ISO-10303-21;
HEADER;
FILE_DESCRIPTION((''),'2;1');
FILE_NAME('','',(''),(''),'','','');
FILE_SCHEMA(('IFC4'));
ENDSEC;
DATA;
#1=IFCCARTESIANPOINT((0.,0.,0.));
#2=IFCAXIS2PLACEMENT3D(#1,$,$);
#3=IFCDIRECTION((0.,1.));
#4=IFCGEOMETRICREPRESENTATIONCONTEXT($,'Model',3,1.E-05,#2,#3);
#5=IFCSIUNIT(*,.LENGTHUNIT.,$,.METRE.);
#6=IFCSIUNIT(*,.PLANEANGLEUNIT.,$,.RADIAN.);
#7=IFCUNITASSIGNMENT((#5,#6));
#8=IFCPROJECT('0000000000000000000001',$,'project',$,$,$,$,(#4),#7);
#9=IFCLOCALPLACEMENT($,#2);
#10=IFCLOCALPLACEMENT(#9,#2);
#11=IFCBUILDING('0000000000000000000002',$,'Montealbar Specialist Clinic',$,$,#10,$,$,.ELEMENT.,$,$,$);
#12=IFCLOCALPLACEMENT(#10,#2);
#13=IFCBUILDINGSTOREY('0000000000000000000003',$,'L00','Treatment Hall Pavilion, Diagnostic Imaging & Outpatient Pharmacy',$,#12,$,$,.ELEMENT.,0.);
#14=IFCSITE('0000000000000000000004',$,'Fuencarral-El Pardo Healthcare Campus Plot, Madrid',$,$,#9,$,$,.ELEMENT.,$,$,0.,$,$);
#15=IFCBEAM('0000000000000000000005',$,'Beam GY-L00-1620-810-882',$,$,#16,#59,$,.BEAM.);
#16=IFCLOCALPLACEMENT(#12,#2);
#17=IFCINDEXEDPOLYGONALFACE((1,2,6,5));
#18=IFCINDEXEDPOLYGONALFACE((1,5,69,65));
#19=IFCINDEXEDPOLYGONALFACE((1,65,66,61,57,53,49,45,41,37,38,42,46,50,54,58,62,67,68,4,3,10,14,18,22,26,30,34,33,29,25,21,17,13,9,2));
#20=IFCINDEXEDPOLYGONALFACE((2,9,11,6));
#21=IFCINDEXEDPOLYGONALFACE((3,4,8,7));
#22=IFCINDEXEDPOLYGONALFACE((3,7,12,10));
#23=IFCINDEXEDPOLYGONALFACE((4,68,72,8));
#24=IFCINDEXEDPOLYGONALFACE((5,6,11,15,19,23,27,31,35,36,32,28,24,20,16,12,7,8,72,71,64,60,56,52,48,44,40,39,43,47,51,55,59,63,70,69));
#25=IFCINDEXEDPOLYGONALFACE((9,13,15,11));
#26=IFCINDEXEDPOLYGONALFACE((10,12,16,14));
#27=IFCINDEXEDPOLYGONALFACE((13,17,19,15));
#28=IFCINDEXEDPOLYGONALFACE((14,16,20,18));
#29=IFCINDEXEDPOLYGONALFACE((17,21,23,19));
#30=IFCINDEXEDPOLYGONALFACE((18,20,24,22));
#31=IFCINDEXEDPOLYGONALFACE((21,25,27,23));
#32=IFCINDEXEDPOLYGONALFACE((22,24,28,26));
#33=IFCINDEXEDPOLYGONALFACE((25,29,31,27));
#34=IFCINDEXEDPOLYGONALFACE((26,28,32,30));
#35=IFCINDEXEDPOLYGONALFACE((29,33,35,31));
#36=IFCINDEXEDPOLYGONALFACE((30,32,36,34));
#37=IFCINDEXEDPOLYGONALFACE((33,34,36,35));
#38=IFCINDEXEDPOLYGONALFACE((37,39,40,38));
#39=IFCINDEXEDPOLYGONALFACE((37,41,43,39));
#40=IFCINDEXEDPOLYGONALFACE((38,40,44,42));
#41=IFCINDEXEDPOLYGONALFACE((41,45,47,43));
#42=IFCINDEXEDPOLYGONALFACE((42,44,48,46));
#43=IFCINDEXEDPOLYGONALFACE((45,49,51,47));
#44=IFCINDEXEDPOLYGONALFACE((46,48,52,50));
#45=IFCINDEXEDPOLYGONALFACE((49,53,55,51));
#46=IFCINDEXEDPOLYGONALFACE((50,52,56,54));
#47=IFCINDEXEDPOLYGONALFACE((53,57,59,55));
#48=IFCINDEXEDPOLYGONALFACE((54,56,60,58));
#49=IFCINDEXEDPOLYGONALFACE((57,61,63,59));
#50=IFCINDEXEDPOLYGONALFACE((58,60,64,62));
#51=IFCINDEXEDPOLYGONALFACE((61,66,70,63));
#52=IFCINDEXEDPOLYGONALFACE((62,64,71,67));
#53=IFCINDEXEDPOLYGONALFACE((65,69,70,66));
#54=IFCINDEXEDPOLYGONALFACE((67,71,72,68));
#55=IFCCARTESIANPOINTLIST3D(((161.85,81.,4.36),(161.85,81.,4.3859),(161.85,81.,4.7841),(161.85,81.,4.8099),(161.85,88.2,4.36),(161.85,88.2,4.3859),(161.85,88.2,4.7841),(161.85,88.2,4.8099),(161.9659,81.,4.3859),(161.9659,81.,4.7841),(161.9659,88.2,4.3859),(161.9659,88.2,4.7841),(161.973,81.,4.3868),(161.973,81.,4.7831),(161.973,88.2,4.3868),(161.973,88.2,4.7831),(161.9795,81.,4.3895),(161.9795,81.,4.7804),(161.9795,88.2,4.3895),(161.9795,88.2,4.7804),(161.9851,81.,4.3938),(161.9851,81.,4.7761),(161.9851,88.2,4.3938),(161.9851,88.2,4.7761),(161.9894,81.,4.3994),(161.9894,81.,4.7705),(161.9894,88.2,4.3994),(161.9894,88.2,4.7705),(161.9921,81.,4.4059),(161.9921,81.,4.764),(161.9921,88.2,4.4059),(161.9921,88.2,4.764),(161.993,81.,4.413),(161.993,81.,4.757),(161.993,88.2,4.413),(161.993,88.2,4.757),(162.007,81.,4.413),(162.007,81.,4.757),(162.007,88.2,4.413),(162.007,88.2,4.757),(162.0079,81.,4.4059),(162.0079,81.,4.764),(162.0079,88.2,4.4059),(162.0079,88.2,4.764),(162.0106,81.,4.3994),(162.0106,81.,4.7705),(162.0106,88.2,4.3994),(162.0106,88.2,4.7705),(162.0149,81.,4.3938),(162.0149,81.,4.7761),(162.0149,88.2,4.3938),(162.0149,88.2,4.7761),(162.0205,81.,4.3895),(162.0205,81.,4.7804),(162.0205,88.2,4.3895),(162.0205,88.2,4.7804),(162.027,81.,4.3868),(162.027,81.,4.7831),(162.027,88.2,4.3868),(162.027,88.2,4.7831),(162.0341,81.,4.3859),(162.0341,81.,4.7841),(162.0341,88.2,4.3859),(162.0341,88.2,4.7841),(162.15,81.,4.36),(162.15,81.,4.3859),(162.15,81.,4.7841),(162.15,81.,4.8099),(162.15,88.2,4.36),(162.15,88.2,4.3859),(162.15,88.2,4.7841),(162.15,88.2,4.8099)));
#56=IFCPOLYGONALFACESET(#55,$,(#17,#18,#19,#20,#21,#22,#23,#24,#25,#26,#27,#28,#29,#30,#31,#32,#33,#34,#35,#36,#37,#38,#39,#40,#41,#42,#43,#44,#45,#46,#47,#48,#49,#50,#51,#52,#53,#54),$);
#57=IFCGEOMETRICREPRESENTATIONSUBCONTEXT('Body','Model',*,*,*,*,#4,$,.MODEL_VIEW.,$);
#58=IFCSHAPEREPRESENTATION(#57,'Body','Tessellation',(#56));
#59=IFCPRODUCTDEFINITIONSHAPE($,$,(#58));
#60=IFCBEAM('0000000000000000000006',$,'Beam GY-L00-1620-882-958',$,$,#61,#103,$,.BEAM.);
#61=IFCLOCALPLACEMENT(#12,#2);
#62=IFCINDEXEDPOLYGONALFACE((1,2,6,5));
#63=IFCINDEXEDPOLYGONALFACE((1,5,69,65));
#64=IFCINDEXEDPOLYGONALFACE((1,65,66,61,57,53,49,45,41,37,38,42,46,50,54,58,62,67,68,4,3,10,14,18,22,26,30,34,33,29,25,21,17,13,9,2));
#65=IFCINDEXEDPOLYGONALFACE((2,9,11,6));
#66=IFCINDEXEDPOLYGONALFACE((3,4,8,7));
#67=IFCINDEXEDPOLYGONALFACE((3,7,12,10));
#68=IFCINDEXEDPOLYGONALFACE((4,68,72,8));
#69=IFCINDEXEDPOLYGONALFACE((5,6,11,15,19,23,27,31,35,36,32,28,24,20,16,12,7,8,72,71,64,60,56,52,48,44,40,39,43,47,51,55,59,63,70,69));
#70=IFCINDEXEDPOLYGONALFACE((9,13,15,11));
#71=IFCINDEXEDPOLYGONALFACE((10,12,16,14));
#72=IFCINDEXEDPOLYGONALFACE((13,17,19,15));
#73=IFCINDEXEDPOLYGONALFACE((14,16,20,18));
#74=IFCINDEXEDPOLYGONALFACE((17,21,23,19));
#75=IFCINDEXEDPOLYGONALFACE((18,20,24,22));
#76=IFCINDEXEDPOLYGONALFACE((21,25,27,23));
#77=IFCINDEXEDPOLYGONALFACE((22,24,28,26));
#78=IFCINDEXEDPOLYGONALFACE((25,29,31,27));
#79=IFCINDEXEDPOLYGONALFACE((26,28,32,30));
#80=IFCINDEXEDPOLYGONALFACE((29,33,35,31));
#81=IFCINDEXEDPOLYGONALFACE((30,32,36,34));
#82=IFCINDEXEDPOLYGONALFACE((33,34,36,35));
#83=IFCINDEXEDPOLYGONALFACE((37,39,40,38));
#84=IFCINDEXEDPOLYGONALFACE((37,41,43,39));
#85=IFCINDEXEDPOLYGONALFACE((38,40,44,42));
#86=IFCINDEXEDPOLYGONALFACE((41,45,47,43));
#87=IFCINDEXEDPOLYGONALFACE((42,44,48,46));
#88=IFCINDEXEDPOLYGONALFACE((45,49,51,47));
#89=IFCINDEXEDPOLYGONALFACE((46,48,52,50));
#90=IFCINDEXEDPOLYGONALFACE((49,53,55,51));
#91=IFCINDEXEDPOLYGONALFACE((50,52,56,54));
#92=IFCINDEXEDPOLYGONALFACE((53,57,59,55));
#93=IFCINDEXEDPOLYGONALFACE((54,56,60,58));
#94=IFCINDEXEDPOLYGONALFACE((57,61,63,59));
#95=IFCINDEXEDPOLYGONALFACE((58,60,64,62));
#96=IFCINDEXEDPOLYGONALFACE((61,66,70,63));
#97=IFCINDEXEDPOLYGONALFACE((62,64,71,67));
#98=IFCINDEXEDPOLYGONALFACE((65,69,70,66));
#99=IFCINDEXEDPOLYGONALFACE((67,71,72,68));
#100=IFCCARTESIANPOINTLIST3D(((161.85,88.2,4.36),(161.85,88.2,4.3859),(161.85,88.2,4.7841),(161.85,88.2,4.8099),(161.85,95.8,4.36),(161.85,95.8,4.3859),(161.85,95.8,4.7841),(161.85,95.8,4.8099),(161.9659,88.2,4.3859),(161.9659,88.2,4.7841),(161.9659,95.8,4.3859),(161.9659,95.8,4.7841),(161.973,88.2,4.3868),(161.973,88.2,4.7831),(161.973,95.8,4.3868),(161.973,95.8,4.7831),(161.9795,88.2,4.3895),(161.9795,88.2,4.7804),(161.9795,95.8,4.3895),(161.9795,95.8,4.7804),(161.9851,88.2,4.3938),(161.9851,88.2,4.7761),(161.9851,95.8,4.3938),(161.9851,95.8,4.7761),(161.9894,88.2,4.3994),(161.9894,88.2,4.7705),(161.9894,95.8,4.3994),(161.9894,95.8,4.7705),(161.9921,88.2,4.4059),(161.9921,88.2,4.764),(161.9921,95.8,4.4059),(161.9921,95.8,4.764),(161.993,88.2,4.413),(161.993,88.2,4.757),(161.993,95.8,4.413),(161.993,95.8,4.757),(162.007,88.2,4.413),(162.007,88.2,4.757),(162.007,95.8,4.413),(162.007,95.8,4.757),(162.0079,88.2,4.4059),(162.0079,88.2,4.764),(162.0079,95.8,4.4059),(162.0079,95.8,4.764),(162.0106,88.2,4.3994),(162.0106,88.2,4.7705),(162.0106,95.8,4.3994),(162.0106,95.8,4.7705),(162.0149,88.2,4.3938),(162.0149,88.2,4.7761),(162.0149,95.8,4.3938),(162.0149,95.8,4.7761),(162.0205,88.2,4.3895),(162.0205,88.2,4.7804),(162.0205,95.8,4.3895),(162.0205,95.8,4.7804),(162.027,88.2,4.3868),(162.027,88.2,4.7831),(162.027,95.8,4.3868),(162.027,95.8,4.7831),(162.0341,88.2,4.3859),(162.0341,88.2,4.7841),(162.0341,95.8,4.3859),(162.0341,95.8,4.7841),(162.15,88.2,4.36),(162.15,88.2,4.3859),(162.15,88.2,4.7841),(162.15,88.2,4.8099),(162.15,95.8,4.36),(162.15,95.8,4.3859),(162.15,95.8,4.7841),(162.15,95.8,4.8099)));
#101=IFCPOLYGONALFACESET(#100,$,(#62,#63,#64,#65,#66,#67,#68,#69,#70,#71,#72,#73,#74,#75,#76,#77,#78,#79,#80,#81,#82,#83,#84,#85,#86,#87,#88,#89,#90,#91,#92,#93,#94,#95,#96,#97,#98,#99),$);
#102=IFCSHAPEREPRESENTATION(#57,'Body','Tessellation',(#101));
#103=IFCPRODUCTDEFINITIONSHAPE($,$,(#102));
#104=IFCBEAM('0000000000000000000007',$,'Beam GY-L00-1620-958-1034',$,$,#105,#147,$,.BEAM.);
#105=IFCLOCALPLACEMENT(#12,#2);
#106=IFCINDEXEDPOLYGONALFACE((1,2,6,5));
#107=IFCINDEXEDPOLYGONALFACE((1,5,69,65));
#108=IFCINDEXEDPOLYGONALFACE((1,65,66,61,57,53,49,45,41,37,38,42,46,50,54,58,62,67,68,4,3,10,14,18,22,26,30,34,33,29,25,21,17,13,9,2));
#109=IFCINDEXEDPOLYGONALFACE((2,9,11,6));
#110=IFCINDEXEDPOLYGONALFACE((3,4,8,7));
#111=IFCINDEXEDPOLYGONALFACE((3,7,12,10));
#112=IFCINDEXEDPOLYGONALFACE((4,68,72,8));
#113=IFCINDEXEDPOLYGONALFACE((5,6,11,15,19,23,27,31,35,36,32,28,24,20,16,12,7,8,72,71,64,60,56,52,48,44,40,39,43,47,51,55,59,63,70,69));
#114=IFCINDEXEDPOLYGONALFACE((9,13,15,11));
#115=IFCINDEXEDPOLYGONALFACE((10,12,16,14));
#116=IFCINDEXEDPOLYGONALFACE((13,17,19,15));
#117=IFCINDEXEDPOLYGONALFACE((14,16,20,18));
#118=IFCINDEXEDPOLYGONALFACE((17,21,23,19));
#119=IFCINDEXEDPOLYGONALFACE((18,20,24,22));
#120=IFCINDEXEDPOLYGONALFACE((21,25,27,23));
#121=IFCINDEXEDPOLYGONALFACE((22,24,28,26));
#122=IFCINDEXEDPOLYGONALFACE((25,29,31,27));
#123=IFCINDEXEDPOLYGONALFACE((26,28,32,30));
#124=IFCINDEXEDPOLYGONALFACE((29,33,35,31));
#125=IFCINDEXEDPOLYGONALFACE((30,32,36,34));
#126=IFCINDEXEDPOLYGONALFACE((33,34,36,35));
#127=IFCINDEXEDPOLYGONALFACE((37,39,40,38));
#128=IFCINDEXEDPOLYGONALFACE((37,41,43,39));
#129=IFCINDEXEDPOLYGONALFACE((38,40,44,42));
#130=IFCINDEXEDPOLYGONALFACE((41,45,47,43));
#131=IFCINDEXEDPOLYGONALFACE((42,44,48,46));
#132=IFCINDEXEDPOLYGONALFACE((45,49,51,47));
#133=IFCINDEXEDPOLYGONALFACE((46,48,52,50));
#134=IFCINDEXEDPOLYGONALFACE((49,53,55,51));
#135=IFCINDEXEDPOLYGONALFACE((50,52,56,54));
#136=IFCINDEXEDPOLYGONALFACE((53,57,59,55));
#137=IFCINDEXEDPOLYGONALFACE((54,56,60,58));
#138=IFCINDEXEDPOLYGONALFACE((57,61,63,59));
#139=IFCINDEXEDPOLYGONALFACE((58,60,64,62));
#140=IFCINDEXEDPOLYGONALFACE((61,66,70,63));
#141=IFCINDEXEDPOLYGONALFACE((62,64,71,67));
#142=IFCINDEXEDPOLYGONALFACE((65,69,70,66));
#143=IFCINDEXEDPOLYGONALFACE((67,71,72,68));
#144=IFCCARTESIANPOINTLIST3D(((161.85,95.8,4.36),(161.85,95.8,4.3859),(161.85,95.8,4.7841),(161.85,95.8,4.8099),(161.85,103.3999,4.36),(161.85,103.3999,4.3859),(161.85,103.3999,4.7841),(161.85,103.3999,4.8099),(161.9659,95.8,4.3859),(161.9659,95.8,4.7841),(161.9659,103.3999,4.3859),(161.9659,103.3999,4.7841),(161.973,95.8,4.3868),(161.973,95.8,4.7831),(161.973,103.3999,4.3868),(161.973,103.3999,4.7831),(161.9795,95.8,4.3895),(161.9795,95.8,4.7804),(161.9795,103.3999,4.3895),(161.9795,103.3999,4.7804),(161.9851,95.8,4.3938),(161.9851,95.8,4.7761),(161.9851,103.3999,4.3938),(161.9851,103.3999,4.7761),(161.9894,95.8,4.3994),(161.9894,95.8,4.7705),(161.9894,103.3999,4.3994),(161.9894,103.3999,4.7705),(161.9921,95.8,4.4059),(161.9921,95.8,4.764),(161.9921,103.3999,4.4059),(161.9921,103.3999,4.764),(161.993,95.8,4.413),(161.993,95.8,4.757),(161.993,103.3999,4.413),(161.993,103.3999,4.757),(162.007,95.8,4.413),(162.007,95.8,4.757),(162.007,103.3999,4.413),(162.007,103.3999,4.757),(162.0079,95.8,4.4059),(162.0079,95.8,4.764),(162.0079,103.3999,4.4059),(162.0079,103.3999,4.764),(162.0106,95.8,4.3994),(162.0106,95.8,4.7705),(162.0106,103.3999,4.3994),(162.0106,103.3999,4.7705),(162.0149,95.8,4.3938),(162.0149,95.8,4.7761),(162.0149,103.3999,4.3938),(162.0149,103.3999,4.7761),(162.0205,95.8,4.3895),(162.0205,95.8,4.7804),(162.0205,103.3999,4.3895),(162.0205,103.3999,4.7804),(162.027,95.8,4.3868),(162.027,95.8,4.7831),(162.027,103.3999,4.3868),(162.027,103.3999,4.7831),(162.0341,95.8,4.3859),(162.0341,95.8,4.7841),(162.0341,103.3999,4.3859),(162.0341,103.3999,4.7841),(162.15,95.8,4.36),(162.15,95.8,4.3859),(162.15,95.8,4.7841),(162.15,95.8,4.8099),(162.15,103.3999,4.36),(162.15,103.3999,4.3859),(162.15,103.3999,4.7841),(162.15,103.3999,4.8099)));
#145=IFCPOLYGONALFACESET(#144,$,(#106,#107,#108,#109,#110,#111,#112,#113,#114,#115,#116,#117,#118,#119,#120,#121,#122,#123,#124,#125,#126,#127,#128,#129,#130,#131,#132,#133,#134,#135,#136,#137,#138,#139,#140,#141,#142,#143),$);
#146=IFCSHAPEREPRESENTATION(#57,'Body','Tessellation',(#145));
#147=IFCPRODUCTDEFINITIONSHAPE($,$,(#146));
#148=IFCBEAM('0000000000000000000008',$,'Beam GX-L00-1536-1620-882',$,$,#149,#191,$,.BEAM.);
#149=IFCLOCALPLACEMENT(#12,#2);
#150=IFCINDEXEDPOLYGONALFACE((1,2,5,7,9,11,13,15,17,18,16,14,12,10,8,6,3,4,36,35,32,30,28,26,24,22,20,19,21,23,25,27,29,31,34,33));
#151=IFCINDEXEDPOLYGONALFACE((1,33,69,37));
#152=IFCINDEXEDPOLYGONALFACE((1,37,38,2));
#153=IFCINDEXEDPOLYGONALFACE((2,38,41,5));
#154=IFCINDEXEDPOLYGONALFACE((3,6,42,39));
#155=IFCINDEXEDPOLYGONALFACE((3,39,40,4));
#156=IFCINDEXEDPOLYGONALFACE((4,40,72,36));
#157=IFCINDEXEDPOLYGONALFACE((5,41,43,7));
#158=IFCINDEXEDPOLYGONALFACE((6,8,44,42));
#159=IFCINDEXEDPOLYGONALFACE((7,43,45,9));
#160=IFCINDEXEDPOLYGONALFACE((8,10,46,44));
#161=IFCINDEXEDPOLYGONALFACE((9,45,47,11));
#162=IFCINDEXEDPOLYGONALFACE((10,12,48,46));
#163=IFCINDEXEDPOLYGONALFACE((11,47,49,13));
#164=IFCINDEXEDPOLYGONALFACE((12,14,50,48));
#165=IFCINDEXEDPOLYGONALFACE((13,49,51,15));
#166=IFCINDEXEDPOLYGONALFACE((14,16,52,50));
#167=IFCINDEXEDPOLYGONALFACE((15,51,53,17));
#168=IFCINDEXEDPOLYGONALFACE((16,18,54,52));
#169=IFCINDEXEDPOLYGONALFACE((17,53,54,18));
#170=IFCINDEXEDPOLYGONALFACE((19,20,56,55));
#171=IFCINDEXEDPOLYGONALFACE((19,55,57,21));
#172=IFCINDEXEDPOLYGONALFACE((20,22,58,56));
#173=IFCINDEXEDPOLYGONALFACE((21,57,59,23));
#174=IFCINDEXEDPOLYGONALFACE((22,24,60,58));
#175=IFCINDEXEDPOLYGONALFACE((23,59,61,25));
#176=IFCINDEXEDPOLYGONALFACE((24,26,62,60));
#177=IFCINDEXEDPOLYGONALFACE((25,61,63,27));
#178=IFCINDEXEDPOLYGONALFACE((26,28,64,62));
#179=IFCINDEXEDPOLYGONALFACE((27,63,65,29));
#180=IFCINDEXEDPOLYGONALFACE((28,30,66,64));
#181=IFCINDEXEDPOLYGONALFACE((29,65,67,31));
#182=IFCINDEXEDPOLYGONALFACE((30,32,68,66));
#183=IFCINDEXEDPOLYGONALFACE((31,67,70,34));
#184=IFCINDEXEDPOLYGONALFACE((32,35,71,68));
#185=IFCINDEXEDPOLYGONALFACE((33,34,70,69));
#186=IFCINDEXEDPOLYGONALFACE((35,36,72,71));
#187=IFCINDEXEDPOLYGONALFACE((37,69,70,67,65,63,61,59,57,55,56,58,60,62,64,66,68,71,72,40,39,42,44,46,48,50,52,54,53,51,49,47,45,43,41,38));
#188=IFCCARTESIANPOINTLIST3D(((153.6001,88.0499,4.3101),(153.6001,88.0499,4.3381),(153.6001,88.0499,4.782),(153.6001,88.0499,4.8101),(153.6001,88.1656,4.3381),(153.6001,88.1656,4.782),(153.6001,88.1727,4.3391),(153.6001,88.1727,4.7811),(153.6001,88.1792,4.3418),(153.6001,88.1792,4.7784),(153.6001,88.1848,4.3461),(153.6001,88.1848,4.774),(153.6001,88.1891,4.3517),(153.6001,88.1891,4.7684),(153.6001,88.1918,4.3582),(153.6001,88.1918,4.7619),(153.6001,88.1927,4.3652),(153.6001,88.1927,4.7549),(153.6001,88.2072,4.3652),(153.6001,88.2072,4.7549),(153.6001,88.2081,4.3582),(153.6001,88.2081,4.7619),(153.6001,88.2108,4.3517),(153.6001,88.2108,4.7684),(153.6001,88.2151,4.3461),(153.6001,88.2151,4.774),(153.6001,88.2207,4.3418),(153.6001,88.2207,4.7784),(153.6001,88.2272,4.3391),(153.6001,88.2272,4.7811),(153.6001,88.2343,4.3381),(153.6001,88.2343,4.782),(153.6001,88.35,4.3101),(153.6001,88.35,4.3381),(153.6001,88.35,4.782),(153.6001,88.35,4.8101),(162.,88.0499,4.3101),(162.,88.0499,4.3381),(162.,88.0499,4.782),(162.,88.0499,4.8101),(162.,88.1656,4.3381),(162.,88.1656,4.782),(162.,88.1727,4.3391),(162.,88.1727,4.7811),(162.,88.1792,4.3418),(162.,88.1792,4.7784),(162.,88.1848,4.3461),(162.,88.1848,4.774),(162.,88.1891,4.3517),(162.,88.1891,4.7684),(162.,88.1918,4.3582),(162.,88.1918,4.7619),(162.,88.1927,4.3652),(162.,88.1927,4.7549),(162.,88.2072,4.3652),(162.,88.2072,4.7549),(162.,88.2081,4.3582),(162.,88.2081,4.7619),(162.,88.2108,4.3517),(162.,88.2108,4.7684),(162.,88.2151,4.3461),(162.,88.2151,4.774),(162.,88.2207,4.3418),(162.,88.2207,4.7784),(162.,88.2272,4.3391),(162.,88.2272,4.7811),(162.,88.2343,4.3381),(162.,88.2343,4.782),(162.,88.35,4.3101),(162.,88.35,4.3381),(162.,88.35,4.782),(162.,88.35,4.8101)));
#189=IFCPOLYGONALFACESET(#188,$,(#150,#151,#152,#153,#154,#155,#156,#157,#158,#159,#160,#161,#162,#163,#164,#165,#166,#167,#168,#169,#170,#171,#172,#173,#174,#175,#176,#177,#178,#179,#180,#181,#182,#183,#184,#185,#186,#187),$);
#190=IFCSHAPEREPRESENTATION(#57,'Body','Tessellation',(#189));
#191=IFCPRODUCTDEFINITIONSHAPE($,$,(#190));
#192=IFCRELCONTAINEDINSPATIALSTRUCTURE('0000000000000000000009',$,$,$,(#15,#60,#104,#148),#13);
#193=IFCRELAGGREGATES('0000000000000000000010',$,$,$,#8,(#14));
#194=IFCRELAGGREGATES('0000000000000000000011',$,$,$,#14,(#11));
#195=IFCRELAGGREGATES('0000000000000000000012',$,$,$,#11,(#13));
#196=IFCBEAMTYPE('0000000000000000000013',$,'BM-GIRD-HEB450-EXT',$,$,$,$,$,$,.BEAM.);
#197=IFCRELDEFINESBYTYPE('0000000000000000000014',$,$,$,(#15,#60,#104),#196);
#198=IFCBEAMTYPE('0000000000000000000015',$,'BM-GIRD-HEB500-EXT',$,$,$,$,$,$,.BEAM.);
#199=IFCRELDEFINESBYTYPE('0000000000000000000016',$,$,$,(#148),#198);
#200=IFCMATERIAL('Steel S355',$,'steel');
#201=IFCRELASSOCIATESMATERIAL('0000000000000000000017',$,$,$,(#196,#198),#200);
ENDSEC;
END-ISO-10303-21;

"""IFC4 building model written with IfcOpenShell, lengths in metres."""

from ifc_helpers import new_model, si_unit, direction, frame, origin, origin_2d, place, context, subcontext, project, spatial, i_section, extrude, material, material_profile, profile_set, type_object, element, save


model = new_model("IFC4")

# Units and contexts
model_context = context("Model", 3, precision=1e-05, world=origin(), true_north=direction((0.0, 1.0)))
body_context = subcontext(model_context, "Body", "Model", "MODEL_VIEW")
ifc_project = project(units=[si_unit("LENGTHUNIT", "METRE"), si_unit("PLANEANGLEUNIT", "RADIAN")], contexts=[model_context])

# Site, building, storey
site_placement = place(None, origin())
site = spatial("IfcSite", under=ifc_project, at=site_placement, Name="Fuencarral-El Pardo Healthcare Campus Plot, Madrid", CompositionType="ELEMENT", RefElevation=0.0)
building_placement = place(site_placement, origin())
building = spatial("IfcBuilding", under=site, at=building_placement, Name="Montealbar Specialist Clinic", CompositionType="ELEMENT")
storey_placement = place(building_placement, origin())
storey = spatial("IfcBuildingStorey", under=building, at=storey_placement, Name="L00", Description="Treatment Hall Pavilion, Diagnostic Imaging & Outpatient Pharmacy", CompositionType="ELEMENT", Elevation=0.0)

# Shared definitions
ifc_material_1 = material(Name="Steel S355", Category="steel")

# Beams
ifc_material_profile_1 = material_profile(ifc_material_1, i_section(OverallWidth=0.3, OverallDepth=0.45, WebThickness=0.0139, FlangeThickness=0.0259, FilletRadius=0.0271, at=origin_2d()), Name="HEB 450", Category="steel")
ifc_profile_set_1 = profile_set([ifc_material_profile_1], Name="Steel S355")
beam_type_1 = type_object("IfcBeamType", Name="BM-GIRD-HEB450-EXT", PredefinedType="BEAM", material=ifc_profile_set_1)
beam_1_placement = place(storey_placement, frame((162.0, 81.0, 4.585), z_axis=(0.0, 1.0, 0.0), x_axis=(-1.0, 0.0, 0.0)))
element("IfcBeam", 1, at=beam_1_placement, inside=storey, type_object=beam_type_1, Name="Beam GY-L00-1620-810-882", PredefinedType="BEAM", context=body_context, shape_type="SweptSolid", body=[
    extrude(i_section(OverallWidth=0.3, OverallDepth=0.45, WebThickness=0.0139, FlangeThickness=0.0259, FilletRadius=0.0271, at=origin_2d()), origin(), (0.0, 0.0, 1.0), 7.2),
])
beam_2_placement = place(storey_placement, frame((162.0, 88.2, 4.585), z_axis=(0.0, 1.0, 0.0), x_axis=(-1.0, 0.0, 0.0)))
element("IfcBeam", 2, at=beam_2_placement, inside=storey, type_object=beam_type_1, Name="Beam GY-L00-1620-882-958", PredefinedType="BEAM", context=body_context, shape_type="SweptSolid", body=[
    extrude(i_section(OverallWidth=0.3, OverallDepth=0.45, WebThickness=0.0139, FlangeThickness=0.0259, FilletRadius=0.0271, at=origin_2d()), origin(), (0.0, 0.0, 1.0), 7.6001),
])
beam_3_placement = place(storey_placement, frame((162.0, 95.8, 4.585), z_axis=(0.0, 1.0, 0.0), x_axis=(-1.0, 0.0, 0.0)))
element("IfcBeam", 3, at=beam_3_placement, inside=storey, type_object=beam_type_1, Name="Beam GY-L00-1620-958-1034", PredefinedType="BEAM", context=body_context, shape_type="SweptSolid", body=[
    extrude(i_section(OverallWidth=0.3, OverallDepth=0.45, WebThickness=0.0139, FlangeThickness=0.0259, FilletRadius=0.0271, at=origin_2d()), origin(), (0.0, 0.0, 1.0), 7.5999),
])
ifc_material_profile_2 = material_profile(ifc_material_1, i_section(OverallWidth=0.3, OverallDepth=0.5, WebThickness=0.0144, FlangeThickness=0.0281, FilletRadius=0.0271, at=origin_2d()), Name="HEB 500", Category="steel")
ifc_profile_set_2 = profile_set([ifc_material_profile_2], Name="Steel S355")
beam_type_2 = type_object("IfcBeamType", Name="BM-GIRD-HEB500-EXT", PredefinedType="BEAM", material=ifc_profile_set_2)
for number, where, z_axis, x_axis, name in (
    (4, (153.6001, 88.2, 4.5601), (1.0, 0.0, 0.0), (0.0, 1.0, 0.0), "Beam GX-L00-1536-1620-882"),
):
    element("IfcBeam", number, at=place(storey_placement, frame(where, z_axis=z_axis, x_axis=x_axis)), inside=storey, type_object=beam_type_2, Name=name, PredefinedType="BEAM", context=body_context, shape_type="SweptSolid", body=[
        extrude(i_section(OverallWidth=0.3, OverallDepth=0.5, WebThickness=0.0144, FlangeThickness=0.0281, FilletRadius=0.0271, at=origin_2d()), origin(), (0.0, 0.0, 1.0), 8.3999),
    ])

save(model, "model.ifc")
